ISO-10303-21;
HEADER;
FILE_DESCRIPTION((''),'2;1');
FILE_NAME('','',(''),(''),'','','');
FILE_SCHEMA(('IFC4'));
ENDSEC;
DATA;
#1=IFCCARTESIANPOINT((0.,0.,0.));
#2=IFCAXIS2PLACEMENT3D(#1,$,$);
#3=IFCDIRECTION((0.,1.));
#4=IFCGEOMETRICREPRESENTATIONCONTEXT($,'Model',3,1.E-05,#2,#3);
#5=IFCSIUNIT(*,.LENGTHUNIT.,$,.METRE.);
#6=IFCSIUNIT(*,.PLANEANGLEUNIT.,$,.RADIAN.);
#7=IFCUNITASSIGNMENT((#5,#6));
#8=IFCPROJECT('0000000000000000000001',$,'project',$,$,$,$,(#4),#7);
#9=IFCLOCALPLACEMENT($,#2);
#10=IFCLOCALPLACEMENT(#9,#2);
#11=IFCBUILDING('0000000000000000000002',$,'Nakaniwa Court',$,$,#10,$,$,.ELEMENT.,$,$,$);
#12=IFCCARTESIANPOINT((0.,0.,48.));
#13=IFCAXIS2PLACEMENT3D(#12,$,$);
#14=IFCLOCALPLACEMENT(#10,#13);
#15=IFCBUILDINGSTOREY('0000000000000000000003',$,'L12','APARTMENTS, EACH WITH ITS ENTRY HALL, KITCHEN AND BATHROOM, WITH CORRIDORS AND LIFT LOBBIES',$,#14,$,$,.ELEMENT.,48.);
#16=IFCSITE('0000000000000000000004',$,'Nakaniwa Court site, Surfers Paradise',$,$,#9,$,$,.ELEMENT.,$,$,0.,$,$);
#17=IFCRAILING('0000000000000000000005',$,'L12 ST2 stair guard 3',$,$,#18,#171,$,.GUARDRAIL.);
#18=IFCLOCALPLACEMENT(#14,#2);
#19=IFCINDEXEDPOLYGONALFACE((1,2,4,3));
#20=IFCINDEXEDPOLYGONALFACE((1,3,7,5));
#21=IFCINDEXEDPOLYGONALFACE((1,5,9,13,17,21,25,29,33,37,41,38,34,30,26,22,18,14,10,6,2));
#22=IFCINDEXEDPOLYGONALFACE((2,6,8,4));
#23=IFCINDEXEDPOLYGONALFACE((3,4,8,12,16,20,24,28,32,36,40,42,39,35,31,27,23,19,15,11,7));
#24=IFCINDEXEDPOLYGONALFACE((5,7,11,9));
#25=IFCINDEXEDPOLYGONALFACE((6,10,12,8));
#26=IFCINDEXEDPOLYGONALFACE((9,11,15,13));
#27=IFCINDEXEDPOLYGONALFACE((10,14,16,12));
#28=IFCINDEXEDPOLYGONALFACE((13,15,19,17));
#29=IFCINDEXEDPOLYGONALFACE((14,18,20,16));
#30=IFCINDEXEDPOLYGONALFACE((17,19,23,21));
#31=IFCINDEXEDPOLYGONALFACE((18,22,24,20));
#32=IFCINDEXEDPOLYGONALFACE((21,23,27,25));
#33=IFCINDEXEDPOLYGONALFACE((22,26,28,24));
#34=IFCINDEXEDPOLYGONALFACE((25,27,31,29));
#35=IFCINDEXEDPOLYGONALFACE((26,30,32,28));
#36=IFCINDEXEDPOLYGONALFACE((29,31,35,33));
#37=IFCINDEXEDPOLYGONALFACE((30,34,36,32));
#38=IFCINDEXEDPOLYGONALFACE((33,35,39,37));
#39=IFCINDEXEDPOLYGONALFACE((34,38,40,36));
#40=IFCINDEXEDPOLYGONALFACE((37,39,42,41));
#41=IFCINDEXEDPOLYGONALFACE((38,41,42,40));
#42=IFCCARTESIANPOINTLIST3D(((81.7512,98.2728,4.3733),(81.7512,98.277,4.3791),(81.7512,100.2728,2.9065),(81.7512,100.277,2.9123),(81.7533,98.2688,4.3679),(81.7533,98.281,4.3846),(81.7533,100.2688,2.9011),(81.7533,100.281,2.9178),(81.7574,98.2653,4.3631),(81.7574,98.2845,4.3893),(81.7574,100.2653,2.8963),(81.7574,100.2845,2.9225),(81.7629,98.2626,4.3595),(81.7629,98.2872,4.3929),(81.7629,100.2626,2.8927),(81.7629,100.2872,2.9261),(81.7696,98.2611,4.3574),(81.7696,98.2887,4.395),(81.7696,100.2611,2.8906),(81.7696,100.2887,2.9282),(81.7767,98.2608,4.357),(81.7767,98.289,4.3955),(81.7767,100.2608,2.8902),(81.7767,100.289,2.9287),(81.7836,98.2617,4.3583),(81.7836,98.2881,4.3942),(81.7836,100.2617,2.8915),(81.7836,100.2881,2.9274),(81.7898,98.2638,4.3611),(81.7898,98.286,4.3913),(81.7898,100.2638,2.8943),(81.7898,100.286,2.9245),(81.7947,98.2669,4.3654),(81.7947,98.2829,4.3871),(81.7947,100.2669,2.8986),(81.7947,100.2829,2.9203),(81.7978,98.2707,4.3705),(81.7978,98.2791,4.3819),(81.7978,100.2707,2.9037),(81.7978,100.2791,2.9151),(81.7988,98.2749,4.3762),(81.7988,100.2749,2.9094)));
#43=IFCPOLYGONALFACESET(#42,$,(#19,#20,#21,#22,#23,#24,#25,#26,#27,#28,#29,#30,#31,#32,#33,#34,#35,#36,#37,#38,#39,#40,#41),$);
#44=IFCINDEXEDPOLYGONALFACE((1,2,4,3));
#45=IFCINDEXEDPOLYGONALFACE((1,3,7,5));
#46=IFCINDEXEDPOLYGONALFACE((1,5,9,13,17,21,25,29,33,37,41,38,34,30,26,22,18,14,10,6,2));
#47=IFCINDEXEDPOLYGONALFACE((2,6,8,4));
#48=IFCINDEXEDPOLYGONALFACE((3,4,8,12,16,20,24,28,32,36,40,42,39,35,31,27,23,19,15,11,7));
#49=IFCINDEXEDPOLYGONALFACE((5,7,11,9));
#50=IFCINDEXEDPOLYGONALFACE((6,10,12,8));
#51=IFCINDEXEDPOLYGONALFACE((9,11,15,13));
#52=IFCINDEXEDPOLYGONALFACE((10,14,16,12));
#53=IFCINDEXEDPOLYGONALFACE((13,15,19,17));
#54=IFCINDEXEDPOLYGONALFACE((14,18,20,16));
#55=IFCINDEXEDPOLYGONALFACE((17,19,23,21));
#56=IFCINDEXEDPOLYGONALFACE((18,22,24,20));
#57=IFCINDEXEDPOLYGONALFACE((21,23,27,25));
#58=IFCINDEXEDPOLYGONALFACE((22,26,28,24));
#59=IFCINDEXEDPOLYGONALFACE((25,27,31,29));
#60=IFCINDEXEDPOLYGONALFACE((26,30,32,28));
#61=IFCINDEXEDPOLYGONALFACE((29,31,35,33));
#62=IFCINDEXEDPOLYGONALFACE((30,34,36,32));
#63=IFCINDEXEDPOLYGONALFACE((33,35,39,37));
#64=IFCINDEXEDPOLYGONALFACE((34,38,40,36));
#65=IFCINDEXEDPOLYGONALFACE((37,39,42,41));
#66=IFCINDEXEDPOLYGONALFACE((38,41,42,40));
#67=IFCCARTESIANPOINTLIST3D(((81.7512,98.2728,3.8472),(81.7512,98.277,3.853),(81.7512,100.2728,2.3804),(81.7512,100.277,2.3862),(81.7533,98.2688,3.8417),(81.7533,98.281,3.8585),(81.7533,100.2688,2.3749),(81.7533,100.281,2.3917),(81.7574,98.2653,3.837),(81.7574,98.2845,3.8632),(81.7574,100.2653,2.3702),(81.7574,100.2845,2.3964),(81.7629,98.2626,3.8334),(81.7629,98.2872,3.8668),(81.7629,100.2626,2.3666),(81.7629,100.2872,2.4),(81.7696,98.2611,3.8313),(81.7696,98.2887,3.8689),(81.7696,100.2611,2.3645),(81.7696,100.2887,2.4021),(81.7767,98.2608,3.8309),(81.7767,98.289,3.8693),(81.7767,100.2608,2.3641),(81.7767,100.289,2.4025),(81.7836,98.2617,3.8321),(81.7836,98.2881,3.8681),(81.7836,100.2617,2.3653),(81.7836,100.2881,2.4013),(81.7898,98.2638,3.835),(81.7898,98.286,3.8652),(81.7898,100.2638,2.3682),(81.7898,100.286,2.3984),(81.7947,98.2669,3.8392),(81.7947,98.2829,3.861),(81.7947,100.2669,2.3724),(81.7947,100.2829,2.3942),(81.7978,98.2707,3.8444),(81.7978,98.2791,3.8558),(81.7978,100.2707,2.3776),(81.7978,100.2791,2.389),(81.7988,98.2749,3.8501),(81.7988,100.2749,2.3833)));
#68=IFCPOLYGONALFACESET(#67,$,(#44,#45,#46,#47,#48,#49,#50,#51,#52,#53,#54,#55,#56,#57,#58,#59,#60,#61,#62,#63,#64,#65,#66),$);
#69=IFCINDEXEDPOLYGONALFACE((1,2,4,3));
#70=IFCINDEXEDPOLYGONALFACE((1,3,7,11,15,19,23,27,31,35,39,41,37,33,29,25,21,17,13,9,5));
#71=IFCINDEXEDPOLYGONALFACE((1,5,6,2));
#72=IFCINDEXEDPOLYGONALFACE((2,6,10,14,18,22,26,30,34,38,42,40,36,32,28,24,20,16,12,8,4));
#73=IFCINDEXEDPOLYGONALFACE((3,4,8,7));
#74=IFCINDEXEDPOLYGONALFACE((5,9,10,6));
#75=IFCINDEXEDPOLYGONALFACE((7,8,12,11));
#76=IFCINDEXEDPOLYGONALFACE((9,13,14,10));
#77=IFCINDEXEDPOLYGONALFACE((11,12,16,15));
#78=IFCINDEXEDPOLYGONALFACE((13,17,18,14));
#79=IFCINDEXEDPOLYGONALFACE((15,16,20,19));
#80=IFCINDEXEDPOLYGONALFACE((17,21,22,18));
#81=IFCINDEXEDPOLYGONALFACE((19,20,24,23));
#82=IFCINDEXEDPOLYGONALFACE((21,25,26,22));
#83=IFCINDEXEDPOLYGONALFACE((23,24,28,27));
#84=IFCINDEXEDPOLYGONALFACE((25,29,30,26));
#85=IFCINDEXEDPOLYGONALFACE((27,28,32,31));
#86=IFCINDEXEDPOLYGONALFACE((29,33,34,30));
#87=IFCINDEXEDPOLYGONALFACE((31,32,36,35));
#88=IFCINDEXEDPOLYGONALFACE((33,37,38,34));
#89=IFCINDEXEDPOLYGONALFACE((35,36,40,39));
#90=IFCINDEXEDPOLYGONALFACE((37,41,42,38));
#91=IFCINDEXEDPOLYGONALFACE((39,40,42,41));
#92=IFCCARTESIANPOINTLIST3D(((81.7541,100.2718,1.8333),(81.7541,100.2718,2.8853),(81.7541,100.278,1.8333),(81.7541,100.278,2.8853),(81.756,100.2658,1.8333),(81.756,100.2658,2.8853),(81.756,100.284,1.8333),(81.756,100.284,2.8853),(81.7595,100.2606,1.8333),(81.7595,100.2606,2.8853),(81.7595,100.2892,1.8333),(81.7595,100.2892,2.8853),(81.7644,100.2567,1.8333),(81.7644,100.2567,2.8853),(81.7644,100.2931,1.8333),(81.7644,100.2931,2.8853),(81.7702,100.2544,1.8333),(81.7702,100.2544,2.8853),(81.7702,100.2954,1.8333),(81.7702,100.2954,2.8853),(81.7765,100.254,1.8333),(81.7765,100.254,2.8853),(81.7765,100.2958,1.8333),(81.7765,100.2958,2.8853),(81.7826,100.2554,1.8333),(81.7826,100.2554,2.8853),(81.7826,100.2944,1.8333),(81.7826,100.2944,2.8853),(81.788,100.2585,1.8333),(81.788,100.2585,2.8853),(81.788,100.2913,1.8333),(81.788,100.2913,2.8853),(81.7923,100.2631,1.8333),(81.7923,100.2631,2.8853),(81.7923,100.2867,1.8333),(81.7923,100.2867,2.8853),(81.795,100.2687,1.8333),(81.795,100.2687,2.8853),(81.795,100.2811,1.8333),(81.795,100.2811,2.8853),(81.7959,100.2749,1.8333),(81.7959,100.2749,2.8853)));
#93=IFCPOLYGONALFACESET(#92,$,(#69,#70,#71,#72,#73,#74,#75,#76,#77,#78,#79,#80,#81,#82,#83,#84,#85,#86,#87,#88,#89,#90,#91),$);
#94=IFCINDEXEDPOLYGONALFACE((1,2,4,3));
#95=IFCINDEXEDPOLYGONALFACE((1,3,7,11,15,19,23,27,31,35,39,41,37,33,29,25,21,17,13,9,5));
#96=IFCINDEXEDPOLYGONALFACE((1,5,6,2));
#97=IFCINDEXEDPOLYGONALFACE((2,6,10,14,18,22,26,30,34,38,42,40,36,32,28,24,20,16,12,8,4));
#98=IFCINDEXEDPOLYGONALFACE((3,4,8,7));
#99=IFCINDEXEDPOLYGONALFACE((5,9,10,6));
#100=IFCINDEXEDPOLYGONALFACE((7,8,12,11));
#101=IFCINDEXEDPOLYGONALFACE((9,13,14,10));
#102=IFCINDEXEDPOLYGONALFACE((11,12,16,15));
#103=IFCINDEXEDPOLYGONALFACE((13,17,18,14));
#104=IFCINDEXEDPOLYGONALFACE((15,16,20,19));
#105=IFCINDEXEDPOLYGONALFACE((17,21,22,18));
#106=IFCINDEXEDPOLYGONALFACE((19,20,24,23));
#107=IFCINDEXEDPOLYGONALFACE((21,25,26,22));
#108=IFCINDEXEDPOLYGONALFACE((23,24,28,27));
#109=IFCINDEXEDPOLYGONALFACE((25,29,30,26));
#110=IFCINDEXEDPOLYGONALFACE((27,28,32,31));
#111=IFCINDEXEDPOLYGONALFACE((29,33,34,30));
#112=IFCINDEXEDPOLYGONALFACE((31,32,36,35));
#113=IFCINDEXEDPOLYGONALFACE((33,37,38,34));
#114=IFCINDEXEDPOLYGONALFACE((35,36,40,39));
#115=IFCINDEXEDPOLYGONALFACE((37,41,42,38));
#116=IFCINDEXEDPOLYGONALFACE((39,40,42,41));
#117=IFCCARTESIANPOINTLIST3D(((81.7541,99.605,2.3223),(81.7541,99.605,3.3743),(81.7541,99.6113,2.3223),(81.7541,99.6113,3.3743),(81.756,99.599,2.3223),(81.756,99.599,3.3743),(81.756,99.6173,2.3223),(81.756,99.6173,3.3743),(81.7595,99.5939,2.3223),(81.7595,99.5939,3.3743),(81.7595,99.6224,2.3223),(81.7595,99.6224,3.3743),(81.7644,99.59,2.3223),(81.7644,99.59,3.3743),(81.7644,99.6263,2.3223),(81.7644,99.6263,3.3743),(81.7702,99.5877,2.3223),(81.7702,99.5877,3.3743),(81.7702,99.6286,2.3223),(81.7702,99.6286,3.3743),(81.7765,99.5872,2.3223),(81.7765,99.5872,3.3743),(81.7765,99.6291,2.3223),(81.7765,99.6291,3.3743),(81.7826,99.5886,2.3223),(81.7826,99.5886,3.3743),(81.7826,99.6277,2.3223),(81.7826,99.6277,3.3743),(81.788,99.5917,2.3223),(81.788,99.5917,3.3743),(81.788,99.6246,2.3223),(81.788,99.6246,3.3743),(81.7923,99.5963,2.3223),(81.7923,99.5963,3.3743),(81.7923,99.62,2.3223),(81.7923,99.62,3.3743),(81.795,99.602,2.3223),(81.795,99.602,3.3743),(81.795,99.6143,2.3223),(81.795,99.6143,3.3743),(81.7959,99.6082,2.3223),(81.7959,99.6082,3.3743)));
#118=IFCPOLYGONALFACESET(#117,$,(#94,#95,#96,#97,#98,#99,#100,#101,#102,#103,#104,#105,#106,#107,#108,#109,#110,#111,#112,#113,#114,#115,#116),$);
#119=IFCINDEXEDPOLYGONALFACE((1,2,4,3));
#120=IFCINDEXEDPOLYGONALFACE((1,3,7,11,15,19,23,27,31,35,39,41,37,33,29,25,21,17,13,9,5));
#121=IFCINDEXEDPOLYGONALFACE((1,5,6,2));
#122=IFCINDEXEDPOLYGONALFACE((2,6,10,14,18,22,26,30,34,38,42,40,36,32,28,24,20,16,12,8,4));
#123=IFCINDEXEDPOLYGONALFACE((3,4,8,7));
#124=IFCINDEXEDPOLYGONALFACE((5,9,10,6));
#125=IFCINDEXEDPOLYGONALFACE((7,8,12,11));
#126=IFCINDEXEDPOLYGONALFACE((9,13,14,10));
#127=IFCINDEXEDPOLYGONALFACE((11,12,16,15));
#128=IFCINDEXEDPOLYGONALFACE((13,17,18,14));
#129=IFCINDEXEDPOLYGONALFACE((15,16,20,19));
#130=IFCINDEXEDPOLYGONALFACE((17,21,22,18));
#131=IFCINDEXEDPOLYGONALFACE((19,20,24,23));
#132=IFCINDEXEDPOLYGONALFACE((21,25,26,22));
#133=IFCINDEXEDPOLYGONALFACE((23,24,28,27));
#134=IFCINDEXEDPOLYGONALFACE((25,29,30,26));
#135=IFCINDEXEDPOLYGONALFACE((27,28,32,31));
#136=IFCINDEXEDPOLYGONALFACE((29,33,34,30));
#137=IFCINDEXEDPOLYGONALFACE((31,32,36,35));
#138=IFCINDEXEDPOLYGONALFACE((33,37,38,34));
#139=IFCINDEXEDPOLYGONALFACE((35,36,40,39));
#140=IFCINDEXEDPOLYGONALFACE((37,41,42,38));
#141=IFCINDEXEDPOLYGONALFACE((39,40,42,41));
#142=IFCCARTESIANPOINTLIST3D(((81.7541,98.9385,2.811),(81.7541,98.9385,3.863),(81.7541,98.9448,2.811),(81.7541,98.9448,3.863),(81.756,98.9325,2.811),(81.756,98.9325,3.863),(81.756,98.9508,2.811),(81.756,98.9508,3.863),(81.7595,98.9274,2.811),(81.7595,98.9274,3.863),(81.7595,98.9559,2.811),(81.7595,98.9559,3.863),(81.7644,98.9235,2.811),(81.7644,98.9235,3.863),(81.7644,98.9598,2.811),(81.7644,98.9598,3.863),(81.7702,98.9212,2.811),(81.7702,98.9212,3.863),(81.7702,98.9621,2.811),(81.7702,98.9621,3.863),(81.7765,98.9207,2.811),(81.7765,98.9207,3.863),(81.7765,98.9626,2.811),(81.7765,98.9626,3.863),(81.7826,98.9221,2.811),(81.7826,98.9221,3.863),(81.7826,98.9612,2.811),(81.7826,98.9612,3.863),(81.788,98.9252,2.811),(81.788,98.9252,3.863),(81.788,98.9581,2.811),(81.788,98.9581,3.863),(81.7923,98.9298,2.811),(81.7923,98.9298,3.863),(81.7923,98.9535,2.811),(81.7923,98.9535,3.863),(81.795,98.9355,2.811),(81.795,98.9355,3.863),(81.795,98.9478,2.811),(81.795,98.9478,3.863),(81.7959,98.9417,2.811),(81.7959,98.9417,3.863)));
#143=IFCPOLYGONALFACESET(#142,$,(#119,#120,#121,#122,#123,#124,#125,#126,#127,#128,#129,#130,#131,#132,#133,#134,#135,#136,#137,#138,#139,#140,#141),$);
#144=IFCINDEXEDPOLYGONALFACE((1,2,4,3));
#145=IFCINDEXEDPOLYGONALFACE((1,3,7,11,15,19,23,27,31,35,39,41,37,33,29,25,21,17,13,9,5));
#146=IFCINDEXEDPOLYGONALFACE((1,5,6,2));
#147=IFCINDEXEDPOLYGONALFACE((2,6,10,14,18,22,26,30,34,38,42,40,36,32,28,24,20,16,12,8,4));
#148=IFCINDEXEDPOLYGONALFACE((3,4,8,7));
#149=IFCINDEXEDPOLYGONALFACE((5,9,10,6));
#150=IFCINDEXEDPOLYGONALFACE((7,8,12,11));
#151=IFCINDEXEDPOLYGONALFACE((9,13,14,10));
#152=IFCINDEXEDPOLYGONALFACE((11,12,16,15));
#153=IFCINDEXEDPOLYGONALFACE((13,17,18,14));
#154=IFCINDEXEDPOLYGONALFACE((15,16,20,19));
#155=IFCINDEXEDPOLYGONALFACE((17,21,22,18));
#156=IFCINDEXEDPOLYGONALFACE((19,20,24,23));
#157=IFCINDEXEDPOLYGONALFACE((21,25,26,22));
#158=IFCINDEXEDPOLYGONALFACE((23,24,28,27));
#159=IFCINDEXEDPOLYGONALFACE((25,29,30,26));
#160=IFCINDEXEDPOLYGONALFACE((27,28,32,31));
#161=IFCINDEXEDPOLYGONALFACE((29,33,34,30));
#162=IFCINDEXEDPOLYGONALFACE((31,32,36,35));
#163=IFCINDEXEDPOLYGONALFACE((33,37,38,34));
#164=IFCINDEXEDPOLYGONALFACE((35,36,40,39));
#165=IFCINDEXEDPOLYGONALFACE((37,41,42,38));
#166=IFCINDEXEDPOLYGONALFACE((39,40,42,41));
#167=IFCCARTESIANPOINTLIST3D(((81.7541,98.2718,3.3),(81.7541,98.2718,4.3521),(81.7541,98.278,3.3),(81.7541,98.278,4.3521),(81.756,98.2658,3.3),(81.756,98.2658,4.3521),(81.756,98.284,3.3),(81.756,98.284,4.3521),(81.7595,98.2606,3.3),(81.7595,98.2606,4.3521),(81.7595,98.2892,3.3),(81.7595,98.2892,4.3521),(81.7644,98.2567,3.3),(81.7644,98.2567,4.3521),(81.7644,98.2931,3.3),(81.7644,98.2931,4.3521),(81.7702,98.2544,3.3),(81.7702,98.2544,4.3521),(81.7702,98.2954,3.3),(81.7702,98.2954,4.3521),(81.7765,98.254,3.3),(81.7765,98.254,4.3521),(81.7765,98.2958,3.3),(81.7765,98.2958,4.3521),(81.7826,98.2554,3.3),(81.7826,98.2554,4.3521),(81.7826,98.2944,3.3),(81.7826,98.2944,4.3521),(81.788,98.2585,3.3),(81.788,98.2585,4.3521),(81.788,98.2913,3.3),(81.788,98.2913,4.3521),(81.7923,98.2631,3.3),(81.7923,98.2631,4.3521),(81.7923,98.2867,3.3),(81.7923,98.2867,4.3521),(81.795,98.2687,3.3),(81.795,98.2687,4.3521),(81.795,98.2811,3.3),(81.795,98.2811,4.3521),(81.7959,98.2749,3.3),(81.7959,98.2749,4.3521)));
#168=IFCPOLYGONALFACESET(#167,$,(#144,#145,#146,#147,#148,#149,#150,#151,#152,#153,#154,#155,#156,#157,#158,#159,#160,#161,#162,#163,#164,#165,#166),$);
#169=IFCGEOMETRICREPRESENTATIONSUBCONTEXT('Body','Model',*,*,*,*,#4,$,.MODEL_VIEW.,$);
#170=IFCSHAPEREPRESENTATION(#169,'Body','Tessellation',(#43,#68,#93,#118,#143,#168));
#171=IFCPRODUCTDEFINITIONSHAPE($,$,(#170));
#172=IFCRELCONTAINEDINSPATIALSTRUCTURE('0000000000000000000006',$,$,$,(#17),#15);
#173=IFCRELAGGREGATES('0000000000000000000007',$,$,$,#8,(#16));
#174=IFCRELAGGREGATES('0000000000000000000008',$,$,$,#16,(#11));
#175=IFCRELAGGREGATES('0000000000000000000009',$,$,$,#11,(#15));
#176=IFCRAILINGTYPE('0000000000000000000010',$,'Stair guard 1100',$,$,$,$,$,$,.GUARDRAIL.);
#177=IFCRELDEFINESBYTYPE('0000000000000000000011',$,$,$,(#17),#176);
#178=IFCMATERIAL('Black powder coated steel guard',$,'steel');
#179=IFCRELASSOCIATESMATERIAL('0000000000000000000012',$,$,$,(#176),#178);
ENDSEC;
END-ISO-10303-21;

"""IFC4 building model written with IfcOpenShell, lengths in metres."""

from ifc_helpers import new_model, si_unit, direction, frame, origin, origin_2d, place, context, subcontext, project, spatial, circle, extrude, material, type_object, element, save


model = new_model("IFC4")

# Units and contexts
model_context = context("Model", 3, precision=1e-05, world=origin(), true_north=direction((0.0, 1.0)))
body_context = subcontext(model_context, "Body", "Model", "MODEL_VIEW")
ifc_project = project(units=[si_unit("LENGTHUNIT", "METRE"), si_unit("PLANEANGLEUNIT", "RADIAN")], contexts=[model_context])

# Site, building, storey
site_placement = place(None, origin())
site = spatial("IfcSite", under=ifc_project, at=site_placement, Name="Nakaniwa Court site, Surfers Paradise", CompositionType="ELEMENT", RefElevation=0.0)
building_placement = place(site_placement, origin())
building = spatial("IfcBuilding", under=site, at=building_placement, Name="Nakaniwa Court", CompositionType="ELEMENT")
storey_placement = place(building_placement, frame((0.0, 0.0, 48.0)))
storey = spatial("IfcBuildingStorey", under=building, at=storey_placement, Name="L12", Description="APARTMENTS, EACH WITH ITS ENTRY HALL, KITCHEN AND BATHROOM, WITH CORRIDORS AND LIFT LOBBIES", CompositionType="ELEMENT", Elevation=48.0)

# Railing
ifc_material_1 = material(Name="Black powder coated steel guard", Category="steel")
railing_type_1 = type_object("IfcRailingType", Name="Stair guard 1100", PredefinedType="GUARDRAIL", material=ifc_material_1)
railing_1_placement = place(storey_placement, frame((81.7749, 100.2749, 1.8333)))
element("IfcRailing", 1, at=railing_1_placement, inside=storey, type_object=railing_type_1, Name="L12 ST2 stair guard 3", PredefinedType="GUARDRAIL", context=body_context, shape_type="SweptSolid", body=[
    extrude(circle(Radius=0.0239, at=origin_2d()), frame((0.0, 0.0, 1.0762), z_axis=(0.0, -0.80638, 0.591398), x_axis=(1.0, 0.0, 0.0)), (0.0, 0.0, 1.0), 2.4802),
    extrude(circle(Radius=0.0239, at=origin_2d()), frame((0.0, 0.0, 0.55), z_axis=(0.0, -0.80638, 0.591398), x_axis=(1.0, 0.0, 0.0)), (0.0, 0.0, 1.0), 2.4802),
    extrude(circle(Radius=0.021, at=origin_2d()), origin(), (0.0, 0.0, 1.0), 1.052),
    extrude(circle(Radius=0.021, at=origin_2d()), frame((0.0, -0.6667, 0.489)), (0.0, 0.0, 1.0), 1.052),
    extrude(circle(Radius=0.021, at=origin_2d()), frame((0.0, -1.3333, 0.9778)), (0.0, 0.0, 1.0), 1.052),
    extrude(circle(Radius=0.021, at=origin_2d()), frame((0.0, -2.0, 1.4668)), (0.0, 0.0, 1.0), 1.052),
])

save(model, "model.ifc")
